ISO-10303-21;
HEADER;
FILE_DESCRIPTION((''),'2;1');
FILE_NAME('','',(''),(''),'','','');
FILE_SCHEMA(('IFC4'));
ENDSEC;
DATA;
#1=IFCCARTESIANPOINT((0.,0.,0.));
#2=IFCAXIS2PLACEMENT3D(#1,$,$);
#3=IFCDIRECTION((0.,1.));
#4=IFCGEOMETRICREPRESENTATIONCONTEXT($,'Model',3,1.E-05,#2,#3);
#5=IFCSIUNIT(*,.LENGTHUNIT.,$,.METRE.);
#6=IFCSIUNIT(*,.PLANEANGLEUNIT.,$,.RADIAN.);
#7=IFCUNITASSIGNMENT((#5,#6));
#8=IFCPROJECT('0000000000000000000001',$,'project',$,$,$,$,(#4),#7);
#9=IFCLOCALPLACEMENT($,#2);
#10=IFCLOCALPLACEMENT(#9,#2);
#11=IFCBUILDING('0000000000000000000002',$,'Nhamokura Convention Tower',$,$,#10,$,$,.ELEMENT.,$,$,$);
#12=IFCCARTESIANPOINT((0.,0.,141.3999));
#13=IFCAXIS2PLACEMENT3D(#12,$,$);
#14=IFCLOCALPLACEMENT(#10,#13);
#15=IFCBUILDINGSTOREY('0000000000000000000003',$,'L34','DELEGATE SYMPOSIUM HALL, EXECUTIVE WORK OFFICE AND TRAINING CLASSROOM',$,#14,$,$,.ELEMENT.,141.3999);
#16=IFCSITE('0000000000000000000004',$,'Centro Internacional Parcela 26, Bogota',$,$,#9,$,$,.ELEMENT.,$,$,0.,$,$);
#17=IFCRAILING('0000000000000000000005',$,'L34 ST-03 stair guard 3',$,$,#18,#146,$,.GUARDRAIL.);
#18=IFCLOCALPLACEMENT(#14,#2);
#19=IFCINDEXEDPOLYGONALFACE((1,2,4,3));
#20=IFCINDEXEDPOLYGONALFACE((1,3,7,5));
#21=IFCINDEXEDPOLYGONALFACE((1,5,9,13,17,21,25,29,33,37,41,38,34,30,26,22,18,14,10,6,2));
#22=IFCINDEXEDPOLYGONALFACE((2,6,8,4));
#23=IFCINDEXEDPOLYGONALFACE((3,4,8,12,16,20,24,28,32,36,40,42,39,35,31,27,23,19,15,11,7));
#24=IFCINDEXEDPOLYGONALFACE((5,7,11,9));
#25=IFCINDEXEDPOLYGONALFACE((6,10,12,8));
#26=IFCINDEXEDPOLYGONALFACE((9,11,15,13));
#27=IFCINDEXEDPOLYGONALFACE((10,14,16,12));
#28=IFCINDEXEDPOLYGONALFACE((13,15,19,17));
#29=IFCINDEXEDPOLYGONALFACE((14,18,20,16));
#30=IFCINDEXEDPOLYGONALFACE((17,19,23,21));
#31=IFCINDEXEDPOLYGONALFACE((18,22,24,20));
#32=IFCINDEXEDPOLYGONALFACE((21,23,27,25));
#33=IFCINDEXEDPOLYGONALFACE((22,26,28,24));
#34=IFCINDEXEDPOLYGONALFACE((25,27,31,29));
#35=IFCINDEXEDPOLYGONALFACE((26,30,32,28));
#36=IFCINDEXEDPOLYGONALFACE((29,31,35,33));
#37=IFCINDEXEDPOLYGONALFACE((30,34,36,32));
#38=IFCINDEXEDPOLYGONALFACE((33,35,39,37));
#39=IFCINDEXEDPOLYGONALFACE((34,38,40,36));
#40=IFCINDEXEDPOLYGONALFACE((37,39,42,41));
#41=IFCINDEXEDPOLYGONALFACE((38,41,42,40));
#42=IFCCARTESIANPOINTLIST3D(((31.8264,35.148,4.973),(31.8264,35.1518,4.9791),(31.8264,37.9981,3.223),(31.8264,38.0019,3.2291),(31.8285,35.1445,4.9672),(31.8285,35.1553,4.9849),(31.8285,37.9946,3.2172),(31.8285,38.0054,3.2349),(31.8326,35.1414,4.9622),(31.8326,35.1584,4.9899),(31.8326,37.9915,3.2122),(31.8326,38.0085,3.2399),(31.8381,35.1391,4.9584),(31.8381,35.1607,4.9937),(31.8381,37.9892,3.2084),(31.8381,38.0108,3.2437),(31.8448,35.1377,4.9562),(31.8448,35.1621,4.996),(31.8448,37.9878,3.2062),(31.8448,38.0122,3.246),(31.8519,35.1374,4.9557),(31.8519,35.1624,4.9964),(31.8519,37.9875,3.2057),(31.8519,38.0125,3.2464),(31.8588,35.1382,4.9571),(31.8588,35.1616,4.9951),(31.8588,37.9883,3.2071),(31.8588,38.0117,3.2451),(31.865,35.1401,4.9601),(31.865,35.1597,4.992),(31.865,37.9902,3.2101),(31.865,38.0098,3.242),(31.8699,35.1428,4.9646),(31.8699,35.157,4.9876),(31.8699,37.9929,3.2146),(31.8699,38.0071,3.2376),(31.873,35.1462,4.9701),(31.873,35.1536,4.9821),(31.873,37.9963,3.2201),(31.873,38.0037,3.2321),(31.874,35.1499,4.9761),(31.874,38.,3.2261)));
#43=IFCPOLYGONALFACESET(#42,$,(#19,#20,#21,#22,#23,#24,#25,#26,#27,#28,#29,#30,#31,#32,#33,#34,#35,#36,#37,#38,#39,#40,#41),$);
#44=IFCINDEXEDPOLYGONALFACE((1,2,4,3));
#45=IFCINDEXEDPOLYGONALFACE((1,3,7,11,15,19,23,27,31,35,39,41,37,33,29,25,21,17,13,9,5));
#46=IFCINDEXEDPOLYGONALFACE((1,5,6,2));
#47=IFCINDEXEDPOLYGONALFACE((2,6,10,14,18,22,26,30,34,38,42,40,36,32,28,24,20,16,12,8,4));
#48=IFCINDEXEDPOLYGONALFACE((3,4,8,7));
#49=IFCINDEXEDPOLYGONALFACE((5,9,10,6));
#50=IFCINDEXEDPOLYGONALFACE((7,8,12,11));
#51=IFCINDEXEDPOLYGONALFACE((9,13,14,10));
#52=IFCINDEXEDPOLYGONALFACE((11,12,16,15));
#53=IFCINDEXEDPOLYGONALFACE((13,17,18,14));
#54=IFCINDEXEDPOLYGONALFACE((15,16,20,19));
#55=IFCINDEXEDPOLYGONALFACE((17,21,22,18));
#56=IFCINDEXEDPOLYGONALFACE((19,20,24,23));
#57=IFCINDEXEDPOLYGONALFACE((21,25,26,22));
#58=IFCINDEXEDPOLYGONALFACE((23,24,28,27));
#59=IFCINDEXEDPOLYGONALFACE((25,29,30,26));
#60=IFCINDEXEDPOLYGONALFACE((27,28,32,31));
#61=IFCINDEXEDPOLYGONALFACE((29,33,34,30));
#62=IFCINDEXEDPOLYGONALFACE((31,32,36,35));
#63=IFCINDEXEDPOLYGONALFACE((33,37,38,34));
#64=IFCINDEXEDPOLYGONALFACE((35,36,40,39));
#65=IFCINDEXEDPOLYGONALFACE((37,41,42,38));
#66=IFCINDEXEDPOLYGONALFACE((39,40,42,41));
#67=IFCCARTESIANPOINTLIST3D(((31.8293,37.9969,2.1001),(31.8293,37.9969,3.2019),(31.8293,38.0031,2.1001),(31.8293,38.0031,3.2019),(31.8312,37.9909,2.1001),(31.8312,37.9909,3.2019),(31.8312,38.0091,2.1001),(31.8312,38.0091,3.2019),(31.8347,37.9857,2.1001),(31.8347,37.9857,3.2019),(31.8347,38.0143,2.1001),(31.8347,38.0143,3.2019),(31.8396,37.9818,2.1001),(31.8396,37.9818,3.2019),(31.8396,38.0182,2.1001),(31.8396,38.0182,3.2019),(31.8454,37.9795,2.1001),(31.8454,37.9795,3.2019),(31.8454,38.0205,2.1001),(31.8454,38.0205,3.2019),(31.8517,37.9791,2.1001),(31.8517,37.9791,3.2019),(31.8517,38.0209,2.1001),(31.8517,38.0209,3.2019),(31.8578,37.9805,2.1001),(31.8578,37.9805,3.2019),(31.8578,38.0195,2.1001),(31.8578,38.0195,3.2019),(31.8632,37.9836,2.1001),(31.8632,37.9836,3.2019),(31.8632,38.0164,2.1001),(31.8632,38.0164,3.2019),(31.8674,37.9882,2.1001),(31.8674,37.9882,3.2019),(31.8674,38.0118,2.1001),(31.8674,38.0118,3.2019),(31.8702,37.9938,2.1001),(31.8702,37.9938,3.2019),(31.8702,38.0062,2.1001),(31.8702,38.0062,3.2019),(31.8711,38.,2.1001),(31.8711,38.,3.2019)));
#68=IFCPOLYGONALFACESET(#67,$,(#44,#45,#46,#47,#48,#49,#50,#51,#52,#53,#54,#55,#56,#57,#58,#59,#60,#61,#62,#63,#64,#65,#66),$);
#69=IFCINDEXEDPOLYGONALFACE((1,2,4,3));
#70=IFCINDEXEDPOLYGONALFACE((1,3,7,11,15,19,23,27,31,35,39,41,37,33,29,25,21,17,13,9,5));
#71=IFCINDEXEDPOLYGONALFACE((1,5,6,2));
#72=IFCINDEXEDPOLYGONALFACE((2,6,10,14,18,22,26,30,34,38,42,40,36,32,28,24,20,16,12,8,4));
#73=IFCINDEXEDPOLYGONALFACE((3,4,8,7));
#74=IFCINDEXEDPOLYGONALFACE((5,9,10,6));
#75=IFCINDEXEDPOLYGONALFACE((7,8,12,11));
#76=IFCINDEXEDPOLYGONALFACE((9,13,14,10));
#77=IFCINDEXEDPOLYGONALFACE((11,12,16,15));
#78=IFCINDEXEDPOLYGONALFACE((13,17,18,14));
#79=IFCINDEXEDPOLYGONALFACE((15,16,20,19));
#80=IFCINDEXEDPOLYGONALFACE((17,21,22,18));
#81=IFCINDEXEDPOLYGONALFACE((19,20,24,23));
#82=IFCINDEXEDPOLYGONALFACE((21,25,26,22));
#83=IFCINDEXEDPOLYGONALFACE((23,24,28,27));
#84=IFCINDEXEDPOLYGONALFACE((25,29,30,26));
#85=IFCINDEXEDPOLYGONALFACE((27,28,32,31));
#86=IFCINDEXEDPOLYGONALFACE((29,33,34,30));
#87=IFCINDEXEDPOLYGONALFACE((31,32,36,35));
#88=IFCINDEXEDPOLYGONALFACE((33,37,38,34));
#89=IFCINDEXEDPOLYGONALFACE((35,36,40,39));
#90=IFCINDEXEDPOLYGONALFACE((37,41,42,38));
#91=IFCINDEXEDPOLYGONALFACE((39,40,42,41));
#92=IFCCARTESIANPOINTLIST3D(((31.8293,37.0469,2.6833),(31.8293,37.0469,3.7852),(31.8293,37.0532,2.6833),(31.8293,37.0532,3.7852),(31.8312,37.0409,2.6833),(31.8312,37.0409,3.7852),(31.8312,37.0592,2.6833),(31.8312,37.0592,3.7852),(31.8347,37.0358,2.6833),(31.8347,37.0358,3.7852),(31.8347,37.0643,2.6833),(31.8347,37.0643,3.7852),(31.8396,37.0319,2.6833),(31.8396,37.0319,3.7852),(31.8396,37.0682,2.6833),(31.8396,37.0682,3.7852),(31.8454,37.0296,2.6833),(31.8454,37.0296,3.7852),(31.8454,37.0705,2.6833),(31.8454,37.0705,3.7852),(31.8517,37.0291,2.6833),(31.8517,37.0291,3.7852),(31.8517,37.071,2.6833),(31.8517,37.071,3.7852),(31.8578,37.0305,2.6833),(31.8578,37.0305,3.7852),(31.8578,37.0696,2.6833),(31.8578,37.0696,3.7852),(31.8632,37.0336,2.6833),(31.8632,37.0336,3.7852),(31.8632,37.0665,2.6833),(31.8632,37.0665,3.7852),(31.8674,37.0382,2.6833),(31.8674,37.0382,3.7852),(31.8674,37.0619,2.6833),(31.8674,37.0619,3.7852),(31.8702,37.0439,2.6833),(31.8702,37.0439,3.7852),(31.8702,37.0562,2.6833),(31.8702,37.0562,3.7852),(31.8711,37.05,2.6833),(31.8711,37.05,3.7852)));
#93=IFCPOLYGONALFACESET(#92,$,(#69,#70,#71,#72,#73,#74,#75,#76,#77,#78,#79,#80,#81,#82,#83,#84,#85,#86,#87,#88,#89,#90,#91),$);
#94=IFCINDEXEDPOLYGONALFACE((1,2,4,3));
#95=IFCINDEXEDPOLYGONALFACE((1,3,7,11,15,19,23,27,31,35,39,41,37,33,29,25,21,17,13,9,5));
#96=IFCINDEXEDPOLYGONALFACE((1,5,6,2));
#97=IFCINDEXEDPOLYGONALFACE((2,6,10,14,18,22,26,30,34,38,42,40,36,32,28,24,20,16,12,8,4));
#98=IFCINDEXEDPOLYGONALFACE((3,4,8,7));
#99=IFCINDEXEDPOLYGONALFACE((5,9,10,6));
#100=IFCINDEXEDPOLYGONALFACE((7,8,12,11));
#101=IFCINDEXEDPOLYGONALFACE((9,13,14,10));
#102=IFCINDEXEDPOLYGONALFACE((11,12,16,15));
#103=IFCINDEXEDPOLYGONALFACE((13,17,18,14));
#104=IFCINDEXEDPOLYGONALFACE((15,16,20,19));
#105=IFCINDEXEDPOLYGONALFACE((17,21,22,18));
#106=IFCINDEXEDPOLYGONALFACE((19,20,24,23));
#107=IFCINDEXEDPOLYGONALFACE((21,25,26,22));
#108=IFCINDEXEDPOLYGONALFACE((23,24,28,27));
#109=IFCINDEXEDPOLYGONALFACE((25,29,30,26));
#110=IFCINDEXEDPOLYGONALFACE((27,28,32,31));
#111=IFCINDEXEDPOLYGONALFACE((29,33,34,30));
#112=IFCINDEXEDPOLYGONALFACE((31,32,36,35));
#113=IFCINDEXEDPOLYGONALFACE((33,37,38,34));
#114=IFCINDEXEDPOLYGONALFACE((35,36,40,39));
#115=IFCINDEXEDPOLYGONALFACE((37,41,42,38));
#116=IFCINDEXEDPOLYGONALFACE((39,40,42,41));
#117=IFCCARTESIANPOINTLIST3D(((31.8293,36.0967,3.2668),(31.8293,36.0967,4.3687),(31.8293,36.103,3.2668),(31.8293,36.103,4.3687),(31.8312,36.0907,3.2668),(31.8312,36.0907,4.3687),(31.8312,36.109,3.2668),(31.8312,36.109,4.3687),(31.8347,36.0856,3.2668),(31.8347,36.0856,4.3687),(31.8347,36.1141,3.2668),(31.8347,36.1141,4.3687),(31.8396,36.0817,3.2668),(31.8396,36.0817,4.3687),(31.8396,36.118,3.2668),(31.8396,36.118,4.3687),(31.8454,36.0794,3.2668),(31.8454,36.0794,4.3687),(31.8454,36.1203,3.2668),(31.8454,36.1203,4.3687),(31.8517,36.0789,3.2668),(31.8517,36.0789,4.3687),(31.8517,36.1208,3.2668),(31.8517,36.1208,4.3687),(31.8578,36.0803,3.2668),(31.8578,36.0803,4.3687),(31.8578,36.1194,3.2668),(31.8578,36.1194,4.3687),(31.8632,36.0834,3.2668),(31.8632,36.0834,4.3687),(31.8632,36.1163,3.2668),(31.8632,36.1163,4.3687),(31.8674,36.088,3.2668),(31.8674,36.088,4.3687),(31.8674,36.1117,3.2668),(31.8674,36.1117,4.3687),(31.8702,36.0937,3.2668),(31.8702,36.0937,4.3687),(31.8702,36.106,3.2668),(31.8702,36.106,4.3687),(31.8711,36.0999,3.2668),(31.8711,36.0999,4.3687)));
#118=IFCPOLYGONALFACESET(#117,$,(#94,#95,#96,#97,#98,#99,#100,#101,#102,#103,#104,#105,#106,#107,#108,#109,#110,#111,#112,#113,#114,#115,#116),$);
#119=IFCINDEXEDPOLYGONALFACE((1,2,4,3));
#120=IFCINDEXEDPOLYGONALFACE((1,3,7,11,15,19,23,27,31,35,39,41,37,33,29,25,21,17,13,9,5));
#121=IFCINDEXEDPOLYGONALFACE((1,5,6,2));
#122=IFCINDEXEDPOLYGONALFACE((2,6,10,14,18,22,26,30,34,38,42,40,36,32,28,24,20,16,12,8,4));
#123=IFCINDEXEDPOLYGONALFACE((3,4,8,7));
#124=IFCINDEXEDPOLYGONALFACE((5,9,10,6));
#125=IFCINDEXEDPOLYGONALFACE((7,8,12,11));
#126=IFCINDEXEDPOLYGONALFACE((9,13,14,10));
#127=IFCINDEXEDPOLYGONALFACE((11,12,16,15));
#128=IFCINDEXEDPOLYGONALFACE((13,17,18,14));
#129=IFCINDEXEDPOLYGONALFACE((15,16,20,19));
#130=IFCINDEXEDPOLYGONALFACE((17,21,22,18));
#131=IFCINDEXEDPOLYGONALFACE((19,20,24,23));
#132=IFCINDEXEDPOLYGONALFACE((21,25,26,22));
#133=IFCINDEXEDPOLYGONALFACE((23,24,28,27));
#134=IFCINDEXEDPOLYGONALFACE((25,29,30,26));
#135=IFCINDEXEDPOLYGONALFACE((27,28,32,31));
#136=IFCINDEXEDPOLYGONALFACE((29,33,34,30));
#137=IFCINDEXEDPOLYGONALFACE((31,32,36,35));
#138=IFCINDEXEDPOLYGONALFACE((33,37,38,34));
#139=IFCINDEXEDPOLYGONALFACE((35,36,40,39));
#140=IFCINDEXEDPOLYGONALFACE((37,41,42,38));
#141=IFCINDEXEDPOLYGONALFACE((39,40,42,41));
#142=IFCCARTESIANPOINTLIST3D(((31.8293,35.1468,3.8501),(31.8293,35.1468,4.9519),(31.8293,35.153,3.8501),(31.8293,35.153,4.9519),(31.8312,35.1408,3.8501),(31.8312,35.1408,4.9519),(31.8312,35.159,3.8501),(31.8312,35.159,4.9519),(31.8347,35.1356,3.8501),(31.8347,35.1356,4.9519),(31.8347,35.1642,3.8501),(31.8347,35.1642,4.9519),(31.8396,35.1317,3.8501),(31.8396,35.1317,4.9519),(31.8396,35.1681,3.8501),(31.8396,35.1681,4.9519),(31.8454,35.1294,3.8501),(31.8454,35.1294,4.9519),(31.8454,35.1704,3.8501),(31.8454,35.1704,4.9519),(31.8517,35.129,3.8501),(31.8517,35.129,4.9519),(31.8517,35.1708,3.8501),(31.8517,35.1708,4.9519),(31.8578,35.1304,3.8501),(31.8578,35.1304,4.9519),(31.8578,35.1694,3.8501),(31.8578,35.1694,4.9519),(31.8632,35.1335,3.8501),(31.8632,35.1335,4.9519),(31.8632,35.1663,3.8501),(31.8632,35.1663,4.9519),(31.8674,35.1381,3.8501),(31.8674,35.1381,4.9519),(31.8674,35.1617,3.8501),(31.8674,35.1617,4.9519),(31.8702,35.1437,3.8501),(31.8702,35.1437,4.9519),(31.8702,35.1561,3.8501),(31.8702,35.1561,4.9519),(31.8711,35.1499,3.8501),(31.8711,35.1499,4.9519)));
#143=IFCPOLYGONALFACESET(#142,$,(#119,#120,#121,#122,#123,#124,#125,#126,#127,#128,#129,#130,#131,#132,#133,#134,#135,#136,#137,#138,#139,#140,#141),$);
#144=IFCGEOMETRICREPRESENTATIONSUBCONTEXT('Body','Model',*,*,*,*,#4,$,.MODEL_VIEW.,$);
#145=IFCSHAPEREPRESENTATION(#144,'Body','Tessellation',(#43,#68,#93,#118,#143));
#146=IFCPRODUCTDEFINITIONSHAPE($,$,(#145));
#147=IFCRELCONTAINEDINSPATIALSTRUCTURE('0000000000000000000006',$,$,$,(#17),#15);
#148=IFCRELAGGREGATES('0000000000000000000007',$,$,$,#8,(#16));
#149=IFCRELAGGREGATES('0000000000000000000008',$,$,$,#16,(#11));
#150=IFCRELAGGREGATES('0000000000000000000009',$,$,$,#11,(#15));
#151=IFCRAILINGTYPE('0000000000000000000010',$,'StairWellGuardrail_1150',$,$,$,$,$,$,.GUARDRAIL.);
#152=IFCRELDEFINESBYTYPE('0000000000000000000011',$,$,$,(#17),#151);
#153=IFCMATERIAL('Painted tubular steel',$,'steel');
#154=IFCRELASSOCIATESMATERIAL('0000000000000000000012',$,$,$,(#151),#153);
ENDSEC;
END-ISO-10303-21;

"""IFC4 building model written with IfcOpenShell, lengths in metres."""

from ifc_helpers import new_model, si_unit, direction, frame, origin, origin_2d, place, context, subcontext, project, spatial, circle, extrude, material, type_object, element, save


model = new_model("IFC4")

# Units and contexts
model_context = context("Model", 3, precision=1e-05, world=origin(), true_north=direction((0.0, 1.0)))
body_context = subcontext(model_context, "Body", "Model", "MODEL_VIEW")
ifc_project = project(units=[si_unit("LENGTHUNIT", "METRE"), si_unit("PLANEANGLEUNIT", "RADIAN")], contexts=[model_context])

# Site, building, storey
site_placement = place(None, origin())
site = spatial("IfcSite", under=ifc_project, at=site_placement, Name="Centro Internacional Parcela 26, Bogota", CompositionType="ELEMENT", RefElevation=0.0)
building_placement = place(site_placement, origin())
building = spatial("IfcBuilding", under=site, at=building_placement, Name="Nhamokura Convention Tower", CompositionType="ELEMENT")
storey_placement = place(building_placement, frame((0.0, 0.0, 141.3999)))
storey = spatial("IfcBuildingStorey", under=building, at=storey_placement, Name="L34", Description="DELEGATE SYMPOSIUM HALL, EXECUTIVE WORK OFFICE AND TRAINING CLASSROOM", CompositionType="ELEMENT", Elevation=141.3999)

# Railing
ifc_material_1 = material(Name="Painted tubular steel", Category="steel")
railing_type_1 = type_object("IfcRailingType", Name="StairWellGuardrail_1150", PredefinedType="GUARDRAIL", material=ifc_material_1)
railing_1_placement = place(storey_placement, frame((31.8501, 38.0, 2.1001)))
element("IfcRailing", 1, at=railing_1_placement, inside=storey, type_object=railing_type_1, Name="L34 ST-03 stair guard 3", PredefinedType="GUARDRAIL", context=body_context, shape_type="SweptSolid", body=[
    extrude(circle(Radius=0.0239, at=origin_2d()), frame((0.0, 0.0, 1.126), z_axis=(0.0, -0.852179, 0.52325), x_axis=(1.0, 0.0, 0.0)), (0.0, 0.0, 1.0), 3.3445),
    extrude(circle(Radius=0.021, at=origin_2d()), origin(), (0.0, 0.0, 1.0), 1.1018),
    extrude(circle(Radius=0.021, at=origin_2d()), frame((0.0, -0.95, 0.5833)), (0.0, 0.0, 1.0), 1.1018),
    extrude(circle(Radius=0.021, at=origin_2d()), frame((0.0, -1.9001, 1.1667)), (0.0, 0.0, 1.0), 1.1018),
    extrude(circle(Radius=0.021, at=origin_2d()), frame((0.0, -2.8501, 1.75)), (0.0, 0.0, 1.0), 1.1018),
])

save(model, "model.ifc")
